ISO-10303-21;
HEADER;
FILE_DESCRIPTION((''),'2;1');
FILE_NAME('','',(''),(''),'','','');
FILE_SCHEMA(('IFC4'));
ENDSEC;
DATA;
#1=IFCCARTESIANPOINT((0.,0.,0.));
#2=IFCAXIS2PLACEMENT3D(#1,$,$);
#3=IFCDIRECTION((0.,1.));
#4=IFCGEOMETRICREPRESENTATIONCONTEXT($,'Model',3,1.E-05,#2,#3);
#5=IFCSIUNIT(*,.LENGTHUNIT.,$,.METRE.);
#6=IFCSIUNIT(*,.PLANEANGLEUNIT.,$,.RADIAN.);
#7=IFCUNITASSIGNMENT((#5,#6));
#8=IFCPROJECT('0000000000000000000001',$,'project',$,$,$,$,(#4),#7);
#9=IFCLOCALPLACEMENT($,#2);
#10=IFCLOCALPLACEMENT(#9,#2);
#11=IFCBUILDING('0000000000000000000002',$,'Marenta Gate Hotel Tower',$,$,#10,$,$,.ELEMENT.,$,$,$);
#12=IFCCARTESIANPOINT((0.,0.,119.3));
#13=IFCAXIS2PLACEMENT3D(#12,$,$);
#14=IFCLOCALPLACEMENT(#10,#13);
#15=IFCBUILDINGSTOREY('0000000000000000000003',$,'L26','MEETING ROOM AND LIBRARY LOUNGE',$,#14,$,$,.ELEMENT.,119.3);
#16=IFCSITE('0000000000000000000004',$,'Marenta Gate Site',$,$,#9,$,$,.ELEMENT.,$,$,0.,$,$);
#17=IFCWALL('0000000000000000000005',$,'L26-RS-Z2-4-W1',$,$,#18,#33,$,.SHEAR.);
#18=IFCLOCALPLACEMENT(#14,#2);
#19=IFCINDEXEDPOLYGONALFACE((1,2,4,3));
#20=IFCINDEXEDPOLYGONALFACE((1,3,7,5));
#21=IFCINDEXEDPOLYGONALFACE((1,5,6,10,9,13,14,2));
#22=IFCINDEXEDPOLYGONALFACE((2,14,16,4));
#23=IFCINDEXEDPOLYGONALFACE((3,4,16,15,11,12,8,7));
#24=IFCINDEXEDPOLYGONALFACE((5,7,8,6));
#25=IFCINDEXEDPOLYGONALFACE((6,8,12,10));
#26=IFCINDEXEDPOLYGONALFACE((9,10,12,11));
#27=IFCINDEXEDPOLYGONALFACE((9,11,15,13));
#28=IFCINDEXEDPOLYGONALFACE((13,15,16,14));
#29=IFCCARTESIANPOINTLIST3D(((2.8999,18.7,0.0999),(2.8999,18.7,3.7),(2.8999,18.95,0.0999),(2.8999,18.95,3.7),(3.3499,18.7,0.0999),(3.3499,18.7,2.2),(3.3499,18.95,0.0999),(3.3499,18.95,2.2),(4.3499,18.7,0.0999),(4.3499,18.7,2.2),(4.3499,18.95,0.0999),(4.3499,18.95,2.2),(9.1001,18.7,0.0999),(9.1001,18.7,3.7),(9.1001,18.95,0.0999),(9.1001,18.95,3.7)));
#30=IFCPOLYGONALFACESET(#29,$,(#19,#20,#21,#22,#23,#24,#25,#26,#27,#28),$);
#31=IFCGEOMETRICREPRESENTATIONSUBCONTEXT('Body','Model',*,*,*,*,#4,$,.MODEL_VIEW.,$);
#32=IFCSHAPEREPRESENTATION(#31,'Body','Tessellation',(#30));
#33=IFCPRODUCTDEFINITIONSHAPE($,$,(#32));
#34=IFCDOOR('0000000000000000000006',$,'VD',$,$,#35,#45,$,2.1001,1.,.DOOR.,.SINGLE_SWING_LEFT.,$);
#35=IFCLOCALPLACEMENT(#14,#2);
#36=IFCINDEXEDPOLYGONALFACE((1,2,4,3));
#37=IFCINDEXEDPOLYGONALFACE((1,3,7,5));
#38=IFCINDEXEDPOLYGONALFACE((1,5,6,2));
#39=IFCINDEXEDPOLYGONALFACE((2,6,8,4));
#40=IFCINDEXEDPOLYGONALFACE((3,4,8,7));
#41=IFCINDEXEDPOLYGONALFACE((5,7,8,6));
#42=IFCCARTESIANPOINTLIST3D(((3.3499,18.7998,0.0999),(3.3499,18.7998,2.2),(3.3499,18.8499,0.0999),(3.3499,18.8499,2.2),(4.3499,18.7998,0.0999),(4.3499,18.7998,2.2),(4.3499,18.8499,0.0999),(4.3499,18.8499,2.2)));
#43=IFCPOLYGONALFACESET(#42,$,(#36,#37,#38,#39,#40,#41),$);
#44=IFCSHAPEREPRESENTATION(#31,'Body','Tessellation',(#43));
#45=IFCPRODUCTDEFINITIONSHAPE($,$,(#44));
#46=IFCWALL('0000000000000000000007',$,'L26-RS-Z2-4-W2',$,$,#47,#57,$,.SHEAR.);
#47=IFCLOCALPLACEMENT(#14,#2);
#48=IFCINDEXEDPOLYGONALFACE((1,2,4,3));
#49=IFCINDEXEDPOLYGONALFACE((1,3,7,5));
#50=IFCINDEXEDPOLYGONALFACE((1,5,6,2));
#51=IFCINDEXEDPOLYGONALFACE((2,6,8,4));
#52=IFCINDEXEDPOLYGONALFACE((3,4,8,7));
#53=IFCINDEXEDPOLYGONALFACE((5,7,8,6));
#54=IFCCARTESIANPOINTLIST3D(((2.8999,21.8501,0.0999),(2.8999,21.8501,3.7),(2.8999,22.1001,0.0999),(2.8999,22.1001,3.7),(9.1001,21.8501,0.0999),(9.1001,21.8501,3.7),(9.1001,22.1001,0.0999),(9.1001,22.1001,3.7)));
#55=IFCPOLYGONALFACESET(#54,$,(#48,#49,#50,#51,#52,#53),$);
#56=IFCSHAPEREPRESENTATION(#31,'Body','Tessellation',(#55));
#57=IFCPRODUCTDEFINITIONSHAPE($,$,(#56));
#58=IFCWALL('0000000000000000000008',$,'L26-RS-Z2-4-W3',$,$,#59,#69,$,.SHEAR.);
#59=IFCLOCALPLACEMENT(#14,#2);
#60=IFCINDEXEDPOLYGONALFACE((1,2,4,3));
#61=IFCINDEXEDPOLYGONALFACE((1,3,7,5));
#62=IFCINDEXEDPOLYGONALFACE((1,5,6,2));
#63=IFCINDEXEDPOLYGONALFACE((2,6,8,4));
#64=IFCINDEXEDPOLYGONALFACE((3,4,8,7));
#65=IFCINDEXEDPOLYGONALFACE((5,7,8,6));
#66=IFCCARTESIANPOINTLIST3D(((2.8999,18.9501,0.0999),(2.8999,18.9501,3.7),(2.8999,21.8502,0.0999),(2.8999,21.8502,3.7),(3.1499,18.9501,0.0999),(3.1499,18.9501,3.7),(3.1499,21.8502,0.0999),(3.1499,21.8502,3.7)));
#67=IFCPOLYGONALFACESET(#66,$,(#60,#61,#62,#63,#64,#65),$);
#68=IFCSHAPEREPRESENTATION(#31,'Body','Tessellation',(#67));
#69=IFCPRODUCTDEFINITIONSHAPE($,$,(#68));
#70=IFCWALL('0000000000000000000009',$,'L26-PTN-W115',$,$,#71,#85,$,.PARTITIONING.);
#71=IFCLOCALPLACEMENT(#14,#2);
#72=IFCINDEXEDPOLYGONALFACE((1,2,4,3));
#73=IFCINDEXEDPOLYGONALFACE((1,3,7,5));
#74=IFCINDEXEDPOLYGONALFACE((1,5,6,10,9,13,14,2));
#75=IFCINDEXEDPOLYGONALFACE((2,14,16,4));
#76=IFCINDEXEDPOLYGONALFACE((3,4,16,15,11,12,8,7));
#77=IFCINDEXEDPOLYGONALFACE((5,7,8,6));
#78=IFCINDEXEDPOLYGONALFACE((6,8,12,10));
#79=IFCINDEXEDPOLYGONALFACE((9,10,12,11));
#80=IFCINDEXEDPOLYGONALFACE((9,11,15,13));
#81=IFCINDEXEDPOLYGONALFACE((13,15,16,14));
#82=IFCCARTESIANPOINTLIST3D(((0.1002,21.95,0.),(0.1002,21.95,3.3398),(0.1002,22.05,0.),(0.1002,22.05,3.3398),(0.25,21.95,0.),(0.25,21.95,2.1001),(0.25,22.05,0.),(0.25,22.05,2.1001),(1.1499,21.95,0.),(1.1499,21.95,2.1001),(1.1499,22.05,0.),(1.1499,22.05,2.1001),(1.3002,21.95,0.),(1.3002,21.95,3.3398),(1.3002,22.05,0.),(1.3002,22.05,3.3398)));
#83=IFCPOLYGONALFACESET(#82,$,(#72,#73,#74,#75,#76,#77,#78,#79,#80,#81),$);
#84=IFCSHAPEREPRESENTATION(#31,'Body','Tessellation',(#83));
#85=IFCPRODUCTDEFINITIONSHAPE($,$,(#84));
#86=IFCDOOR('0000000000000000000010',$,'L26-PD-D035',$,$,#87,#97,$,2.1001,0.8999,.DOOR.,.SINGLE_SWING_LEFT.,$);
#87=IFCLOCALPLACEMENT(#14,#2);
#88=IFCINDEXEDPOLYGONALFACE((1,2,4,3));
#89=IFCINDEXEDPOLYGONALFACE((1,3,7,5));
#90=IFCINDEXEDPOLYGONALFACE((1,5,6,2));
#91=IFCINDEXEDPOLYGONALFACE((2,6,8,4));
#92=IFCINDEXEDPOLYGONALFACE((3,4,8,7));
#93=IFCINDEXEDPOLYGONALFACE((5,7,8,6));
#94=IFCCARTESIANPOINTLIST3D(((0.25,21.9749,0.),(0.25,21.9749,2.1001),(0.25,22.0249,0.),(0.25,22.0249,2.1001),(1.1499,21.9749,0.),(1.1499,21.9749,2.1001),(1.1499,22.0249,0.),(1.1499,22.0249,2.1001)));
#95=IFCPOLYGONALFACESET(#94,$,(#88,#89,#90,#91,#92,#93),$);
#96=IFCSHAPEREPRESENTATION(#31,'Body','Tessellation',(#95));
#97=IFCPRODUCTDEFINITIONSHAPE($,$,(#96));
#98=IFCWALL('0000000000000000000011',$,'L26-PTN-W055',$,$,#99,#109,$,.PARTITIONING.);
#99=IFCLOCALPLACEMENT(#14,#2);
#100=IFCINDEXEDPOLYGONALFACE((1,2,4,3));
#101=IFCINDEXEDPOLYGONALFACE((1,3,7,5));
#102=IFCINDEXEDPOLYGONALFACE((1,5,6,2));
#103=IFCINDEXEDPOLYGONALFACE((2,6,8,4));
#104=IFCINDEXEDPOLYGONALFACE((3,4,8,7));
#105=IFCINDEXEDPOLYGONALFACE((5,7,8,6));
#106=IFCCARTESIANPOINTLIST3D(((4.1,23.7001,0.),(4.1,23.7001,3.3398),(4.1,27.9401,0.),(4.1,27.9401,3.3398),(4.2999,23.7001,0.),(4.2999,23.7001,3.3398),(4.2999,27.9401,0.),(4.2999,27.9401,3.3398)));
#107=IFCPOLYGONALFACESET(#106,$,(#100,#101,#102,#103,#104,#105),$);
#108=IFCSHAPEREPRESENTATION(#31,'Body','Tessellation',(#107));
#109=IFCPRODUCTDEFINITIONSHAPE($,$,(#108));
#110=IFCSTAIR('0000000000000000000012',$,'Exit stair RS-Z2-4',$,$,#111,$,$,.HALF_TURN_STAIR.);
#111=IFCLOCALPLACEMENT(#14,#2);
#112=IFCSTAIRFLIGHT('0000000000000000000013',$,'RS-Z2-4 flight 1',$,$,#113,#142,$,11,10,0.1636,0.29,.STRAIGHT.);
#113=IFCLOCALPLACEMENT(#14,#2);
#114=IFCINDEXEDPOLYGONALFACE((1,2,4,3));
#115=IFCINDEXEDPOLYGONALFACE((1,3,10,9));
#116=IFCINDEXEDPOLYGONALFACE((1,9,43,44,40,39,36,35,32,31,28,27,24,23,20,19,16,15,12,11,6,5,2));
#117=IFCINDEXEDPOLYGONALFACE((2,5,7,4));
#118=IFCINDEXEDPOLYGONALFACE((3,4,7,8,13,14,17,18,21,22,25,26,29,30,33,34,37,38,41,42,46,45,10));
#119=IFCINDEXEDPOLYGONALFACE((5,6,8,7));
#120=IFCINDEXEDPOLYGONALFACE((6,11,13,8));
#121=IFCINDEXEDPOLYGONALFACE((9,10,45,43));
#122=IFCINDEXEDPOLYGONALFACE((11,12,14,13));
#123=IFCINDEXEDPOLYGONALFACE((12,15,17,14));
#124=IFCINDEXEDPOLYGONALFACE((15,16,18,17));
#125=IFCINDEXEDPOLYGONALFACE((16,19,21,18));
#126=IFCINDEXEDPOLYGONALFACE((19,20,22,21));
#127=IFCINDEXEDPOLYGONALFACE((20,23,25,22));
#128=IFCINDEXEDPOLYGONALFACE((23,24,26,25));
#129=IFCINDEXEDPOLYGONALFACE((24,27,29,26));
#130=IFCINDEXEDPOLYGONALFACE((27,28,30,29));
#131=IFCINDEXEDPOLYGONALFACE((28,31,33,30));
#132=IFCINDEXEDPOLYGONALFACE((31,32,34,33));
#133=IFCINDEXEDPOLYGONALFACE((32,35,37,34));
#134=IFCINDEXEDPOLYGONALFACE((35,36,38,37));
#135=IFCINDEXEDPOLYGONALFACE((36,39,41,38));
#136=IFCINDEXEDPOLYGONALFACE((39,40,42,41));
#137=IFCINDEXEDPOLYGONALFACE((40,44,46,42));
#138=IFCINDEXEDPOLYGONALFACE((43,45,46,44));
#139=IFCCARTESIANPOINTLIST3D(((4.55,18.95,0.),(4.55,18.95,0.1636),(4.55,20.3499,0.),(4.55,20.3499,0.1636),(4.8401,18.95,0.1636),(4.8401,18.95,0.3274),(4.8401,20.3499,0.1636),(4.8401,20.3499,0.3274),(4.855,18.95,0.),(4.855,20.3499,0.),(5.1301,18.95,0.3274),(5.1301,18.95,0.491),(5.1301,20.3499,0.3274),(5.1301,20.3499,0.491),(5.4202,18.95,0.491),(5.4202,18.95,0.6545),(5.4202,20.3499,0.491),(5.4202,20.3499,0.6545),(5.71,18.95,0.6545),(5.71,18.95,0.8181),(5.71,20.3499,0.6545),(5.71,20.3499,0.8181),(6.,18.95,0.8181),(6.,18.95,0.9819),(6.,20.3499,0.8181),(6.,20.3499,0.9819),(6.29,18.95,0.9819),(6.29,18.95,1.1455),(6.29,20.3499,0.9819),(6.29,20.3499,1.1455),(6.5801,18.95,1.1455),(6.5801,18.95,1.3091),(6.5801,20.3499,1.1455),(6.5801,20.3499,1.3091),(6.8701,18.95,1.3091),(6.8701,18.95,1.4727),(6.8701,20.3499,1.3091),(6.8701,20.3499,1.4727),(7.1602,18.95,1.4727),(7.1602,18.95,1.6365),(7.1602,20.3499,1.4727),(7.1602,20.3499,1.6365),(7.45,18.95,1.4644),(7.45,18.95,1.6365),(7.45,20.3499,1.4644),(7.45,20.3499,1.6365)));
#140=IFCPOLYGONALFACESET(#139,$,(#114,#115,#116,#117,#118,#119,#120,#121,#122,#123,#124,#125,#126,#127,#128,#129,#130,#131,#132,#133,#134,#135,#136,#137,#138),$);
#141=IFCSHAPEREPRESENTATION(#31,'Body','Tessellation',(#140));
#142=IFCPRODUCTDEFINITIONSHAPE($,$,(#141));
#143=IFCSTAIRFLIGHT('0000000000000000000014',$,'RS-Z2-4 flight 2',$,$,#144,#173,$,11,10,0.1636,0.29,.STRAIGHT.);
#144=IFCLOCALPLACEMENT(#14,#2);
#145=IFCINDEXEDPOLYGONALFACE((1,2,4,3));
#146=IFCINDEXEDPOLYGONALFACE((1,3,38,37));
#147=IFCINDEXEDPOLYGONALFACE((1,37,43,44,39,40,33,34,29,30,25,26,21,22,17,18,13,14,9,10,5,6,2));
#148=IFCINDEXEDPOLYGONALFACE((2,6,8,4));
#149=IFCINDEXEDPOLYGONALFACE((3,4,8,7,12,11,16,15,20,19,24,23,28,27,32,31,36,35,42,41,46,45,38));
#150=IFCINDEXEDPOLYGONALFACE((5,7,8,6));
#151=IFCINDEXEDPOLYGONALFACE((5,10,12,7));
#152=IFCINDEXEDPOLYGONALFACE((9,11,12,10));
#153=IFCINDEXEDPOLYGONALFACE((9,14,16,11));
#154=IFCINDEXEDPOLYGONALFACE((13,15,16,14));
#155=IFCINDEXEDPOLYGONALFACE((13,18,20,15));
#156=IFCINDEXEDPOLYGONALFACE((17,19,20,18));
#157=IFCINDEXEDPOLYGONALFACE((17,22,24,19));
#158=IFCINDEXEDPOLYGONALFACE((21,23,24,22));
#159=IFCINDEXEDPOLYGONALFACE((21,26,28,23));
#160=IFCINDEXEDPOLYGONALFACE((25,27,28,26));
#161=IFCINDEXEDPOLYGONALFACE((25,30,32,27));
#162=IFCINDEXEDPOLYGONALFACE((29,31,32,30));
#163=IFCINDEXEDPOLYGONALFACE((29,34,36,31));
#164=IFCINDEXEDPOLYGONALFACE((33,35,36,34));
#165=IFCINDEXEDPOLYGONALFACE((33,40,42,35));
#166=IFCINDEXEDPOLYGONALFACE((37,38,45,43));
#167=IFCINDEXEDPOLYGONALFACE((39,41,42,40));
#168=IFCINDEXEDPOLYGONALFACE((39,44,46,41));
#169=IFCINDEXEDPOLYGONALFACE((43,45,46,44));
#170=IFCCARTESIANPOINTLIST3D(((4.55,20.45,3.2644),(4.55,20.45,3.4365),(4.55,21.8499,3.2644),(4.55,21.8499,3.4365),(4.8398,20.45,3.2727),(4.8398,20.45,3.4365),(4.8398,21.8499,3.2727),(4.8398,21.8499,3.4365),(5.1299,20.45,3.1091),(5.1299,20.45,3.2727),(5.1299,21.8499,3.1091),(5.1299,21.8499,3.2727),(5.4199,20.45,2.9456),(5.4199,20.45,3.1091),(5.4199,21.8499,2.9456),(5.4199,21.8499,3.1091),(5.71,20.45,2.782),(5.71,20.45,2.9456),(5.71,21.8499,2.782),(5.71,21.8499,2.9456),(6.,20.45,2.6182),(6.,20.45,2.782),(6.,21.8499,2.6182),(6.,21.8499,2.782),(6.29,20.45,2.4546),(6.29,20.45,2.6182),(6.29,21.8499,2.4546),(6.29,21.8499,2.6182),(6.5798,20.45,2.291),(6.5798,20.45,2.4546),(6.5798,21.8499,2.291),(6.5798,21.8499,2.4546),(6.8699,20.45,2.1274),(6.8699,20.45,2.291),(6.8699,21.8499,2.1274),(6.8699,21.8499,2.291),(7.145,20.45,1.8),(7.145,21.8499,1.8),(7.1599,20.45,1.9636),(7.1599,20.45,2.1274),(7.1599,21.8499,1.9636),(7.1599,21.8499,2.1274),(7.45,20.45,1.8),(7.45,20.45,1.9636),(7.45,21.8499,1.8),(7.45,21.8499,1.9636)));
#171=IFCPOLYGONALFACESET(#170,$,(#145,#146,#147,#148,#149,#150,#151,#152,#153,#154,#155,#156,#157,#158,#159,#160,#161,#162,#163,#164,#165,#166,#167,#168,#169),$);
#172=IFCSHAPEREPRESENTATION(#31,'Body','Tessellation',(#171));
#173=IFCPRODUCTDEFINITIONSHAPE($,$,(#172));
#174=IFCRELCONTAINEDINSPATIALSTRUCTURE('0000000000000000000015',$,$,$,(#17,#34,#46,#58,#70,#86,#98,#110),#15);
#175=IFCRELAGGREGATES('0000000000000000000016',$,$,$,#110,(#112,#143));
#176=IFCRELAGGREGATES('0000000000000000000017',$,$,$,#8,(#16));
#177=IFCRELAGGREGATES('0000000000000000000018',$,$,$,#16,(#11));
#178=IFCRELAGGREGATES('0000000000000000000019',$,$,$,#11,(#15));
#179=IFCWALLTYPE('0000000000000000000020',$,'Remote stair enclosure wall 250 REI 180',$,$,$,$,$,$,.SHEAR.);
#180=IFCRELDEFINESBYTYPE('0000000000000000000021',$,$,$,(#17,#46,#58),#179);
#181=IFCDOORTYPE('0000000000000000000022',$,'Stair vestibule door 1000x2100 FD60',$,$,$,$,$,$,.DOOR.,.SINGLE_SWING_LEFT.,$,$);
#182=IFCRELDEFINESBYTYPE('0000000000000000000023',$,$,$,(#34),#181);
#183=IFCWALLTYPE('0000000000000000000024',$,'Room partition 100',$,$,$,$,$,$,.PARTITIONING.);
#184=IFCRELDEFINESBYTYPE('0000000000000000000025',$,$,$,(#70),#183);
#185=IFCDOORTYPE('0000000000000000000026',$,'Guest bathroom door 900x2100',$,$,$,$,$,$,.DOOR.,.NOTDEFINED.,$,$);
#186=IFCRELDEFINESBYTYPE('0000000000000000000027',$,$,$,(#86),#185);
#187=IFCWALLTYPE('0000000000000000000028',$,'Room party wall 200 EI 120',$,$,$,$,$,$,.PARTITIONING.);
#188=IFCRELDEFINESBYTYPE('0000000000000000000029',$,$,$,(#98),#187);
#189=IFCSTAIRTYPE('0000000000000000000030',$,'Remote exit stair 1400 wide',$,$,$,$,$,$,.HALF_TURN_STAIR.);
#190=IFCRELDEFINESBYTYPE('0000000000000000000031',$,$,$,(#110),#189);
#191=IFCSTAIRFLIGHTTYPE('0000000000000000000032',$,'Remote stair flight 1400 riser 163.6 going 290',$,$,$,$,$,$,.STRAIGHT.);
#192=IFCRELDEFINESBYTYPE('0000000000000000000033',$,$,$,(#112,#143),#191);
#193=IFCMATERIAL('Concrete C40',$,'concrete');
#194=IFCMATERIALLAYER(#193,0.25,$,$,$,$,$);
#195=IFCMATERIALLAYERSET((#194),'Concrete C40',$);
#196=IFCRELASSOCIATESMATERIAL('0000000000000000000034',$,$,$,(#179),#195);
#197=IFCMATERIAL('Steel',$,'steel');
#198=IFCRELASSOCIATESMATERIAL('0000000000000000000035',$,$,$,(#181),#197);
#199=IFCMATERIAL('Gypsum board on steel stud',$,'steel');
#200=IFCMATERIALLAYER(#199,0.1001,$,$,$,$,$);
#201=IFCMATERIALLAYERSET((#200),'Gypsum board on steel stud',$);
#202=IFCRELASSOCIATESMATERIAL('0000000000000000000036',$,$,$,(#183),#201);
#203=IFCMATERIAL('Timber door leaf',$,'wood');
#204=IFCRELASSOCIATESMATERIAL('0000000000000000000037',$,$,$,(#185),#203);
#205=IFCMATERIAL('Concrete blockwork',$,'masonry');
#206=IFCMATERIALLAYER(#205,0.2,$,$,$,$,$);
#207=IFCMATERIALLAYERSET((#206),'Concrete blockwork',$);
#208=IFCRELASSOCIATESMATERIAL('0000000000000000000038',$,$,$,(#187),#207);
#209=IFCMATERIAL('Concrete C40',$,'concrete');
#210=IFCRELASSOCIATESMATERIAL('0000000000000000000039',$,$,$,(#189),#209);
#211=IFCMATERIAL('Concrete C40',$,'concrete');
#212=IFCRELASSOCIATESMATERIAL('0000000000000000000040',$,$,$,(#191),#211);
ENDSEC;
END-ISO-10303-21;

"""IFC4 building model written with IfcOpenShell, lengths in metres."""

from ifc_helpers import new_model, si_unit, direction, frame, frame_2d, origin, place, context, subcontext, project, spatial, polyline, rectangle, outline, extrude, material, layer, layer_set, type_object, element, fill, aggregate, save


model = new_model("IFC4")

# Units and contexts
model_context = context("Model", 3, precision=1e-05, world=origin(), true_north=direction((0.0, 1.0)))
body_context = subcontext(model_context, "Body", "Model", "MODEL_VIEW")
ifc_project = project(units=[si_unit("LENGTHUNIT", "METRE"), si_unit("PLANEANGLEUNIT", "RADIAN")], contexts=[model_context])

# Site, building, storey
site_placement = place(None, origin())
site = spatial("IfcSite", under=ifc_project, at=site_placement, Name="Marenta Gate Site", CompositionType="ELEMENT", RefElevation=0.0)
building_placement = place(site_placement, origin())
building = spatial("IfcBuilding", under=site, at=building_placement, Name="Marenta Gate Hotel Tower", CompositionType="ELEMENT")
storey_placement = place(building_placement, frame((0.0, 0.0, 119.3)))
storey = spatial("IfcBuildingStorey", under=building, at=storey_placement, Name="L26", Description="MEETING ROOM AND LIBRARY LOUNGE", CompositionType="ELEMENT", Elevation=119.3)

# Wall, opening, door
ifc_material_1 = material(Name="Concrete C40", Category="concrete")
ifc_layer_1 = layer(ifc_material_1, 0.25)
ifc_layer_set_1 = layer_set([ifc_layer_1], Name="Concrete C40")
wall_type_1 = type_object("IfcWallType", Name="Remote stair enclosure wall 250 REI 180", PredefinedType="SHEAR", material=ifc_layer_set_1)
wall_1_placement = place(storey_placement, frame((2.8999, 18.825, 0.0999), z_axis=(0.0, 0.0, 1.0), x_axis=(1.0, 0.0, 0.0)))
wall_1 = element("IfcWall", 1, at=wall_1_placement, inside=storey, type_object=wall_type_1, Name="L26-RS-Z2-4-W1", PredefinedType="SHEAR", context=body_context, shape_type="SweptSolid", body=[
    extrude(rectangle(XDim=6.2002, YDim=0.25, at=frame_2d((3.1001, 0.0))), origin(), (0.0, 0.0, 1.0), 3.6001),
])
opening_1_placement = place(wall_1_placement, frame((0.45, 0.0, 0.0)))
opening_1 = element("IfcOpeningElement", 2, at=opening_1_placement, cuts=wall_1, PredefinedType="OPENING", context=body_context, shape_type="SweptSolid", body=[
    extrude(rectangle(XDim=1.0, YDim=2.1001, at=frame_2d((0.5, 1.05))), frame((0.0, 0.125, 0.0), z_axis=(0.0, -1.0, 0.0), x_axis=(1.0, 0.0, 0.0)), (0.0, 0.0, 1.0), 0.25),
])
ifc_material_2 = material(Name="Steel", Category="steel")
door_type_1 = type_object("IfcDoorType", Name="Stair vestibule door 1000x2100 FD60", OperationType="SINGLE_SWING_LEFT", PredefinedType="DOOR", material=ifc_material_2)
door_1_placement = place(opening_1_placement, origin())
door_1 = element("IfcDoor", 3, at=door_1_placement, inside=storey, type_object=door_type_1, Name="VD", OperationType="SINGLE_SWING_LEFT", OverallHeight=2.1001, OverallWidth=1.0, PredefinedType="DOOR", context=body_context, shape_type="SweptSolid", body=[
    extrude(rectangle(XDim=1.0, YDim=2.1001, at=frame_2d((0.5, 1.05))), frame((0.0, 0.0249, 0.0), z_axis=(0.0, -1.0, 0.0), x_axis=(1.0, 0.0, 0.0)), (0.0, 0.0, 1.0), 0.05),
])
fill(opening_1, door_1)

# Walls
wall_2_placement = place(storey_placement, frame((2.8999, 21.9751, 0.0999), z_axis=(0.0, 0.0, 1.0), x_axis=(1.0, 0.0, 0.0)))
element("IfcWall", 4, at=wall_2_placement, inside=storey, type_object=wall_type_1, Name="L26-RS-Z2-4-W2", PredefinedType="SHEAR", context=body_context, shape_type="SweptSolid", body=[
    extrude(rectangle(XDim=6.2002, YDim=0.25, at=frame_2d((3.1001, 0.0))), origin(), (0.0, 0.0, 1.0), 3.6001),
])
wall_3_placement = place(storey_placement, frame((3.0249, 18.95, 0.0999), z_axis=(0.0, 0.0, 1.0), x_axis=(0.0, 1.0, 0.0)))
element("IfcWall", 5, at=wall_3_placement, inside=storey, type_object=wall_type_1, Name="L26-RS-Z2-4-W3", PredefinedType="SHEAR", context=body_context, shape_type="SweptSolid", body=[
    extrude(rectangle(XDim=2.9001, YDim=0.25, at=frame_2d((1.4502, 0.0))), origin(), (0.0, 0.0, 1.0), 3.6001),
])

# Wall, opening, door
ifc_material_3 = material(Name="Gypsum board on steel stud", Category="steel")
ifc_layer_2 = layer(ifc_material_3, 0.1001)
ifc_layer_set_2 = layer_set([ifc_layer_2], Name="Gypsum board on steel stud")
wall_type_2 = type_object("IfcWallType", Name="Room partition 100", PredefinedType="PARTITIONING", material=ifc_layer_set_2)
wall_4_placement = place(storey_placement, frame((0.1001, 22.0, 0.0), z_axis=(0.0, 0.0, 1.0), x_axis=(1.0, 0.0, 0.0)))
wall_4 = element("IfcWall", 6, at=wall_4_placement, inside=storey, type_object=wall_type_2, Name="L26-PTN-W115", PredefinedType="PARTITIONING", context=body_context, shape_type="SweptSolid", body=[
    extrude(rectangle(XDim=1.2, YDim=0.1001, at=frame_2d((0.6001, 0.0))), origin(), (0.0, 0.0, 1.0), 3.3398),
])
opening_2_placement = place(wall_4_placement, frame((0.1499, 0.0, 0.0)))
opening_2 = element("IfcOpeningElement", 7, at=opening_2_placement, cuts=wall_4, PredefinedType="OPENING", context=body_context, shape_type="SweptSolid", body=[
    extrude(rectangle(XDim=0.8999, YDim=2.1001, at=frame_2d((0.45, 1.05))), frame((0.0, 0.05, 0.0), z_axis=(0.0, -1.0, 0.0), x_axis=(1.0, 0.0, 0.0)), (0.0, 0.0, 1.0), 0.1001),
])
ifc_material_4 = material(Name="Timber door leaf", Category="wood")
door_type_2 = type_object("IfcDoorType", Name="Guest bathroom door 900x2100", OperationType="NOTDEFINED", PredefinedType="DOOR", material=ifc_material_4)
door_2_placement = place(opening_2_placement, origin())
door_2 = element("IfcDoor", 8, at=door_2_placement, inside=storey, type_object=door_type_2, Name="L26-PD-D035", OperationType="SINGLE_SWING_LEFT", OverallHeight=2.1001, OverallWidth=0.8999, PredefinedType="DOOR", context=body_context, shape_type="SweptSolid", body=[
    extrude(rectangle(XDim=0.8999, YDim=2.1001, at=frame_2d((0.45, 1.05))), frame((0.0, 0.0249, 0.0), z_axis=(0.0, -1.0, 0.0), x_axis=(1.0, 0.0, 0.0)), (0.0, 0.0, 1.0), 0.05),
])
fill(opening_2, door_2)

# Wall
ifc_material_5 = material(Name="Concrete blockwork", Category="masonry")
ifc_layer_3 = layer(ifc_material_5, 0.2)
ifc_layer_set_3 = layer_set([ifc_layer_3], Name="Concrete blockwork")
wall_type_3 = type_object("IfcWallType", Name="Room party wall 200 EI 120", PredefinedType="PARTITIONING", material=ifc_layer_set_3)
wall_5_placement = place(storey_placement, frame((4.2, 23.7, 0.0), z_axis=(0.0, 0.0, 1.0), x_axis=(0.0, 1.0, 0.0)))
element("IfcWall", 9, at=wall_5_placement, inside=storey, type_object=wall_type_3, Name="L26-PTN-W055", PredefinedType="PARTITIONING", context=body_context, shape_type="SweptSolid", body=[
    extrude(rectangle(XDim=4.24, YDim=0.2, at=frame_2d((2.1201, 0.0))), origin(), (0.0, 0.0, 1.0), 3.3398),
])

# Stair, stair flights
ifc_material_6 = material(Name="Concrete C40", Category="concrete")
stair_type = type_object("IfcStairType", Name="Remote exit stair 1400 wide", PredefinedType="HALF_TURN_STAIR", material=ifc_material_6)
stair_placement = place(storey_placement, origin())
stair = element("IfcStair", 10, at=stair_placement, inside=storey, type_object=stair_type, Name="Exit stair RS-Z2-4", PredefinedType="HALF_TURN_STAIR")
ifc_material_7 = material(Name="Concrete C40", Category="concrete")
stair_flight_type = type_object("IfcStairFlightType", Name="Remote stair flight 1400 riser 163.6 going 290", PredefinedType="STRAIGHT", material=ifc_material_7)
stair_flight_1_placement = place(storey_placement, frame((4.55, 19.6499, 0.0), z_axis=(0.0, 0.0, 1.0), x_axis=(1.0, 0.0, 0.0)))
stair_flight_1 = element("IfcStairFlight", 11, at=stair_flight_1_placement, type_object=stair_flight_type, Name="RS-Z2-4 flight 1", NumberOfRisers=11, NumberOfTreads=10, PredefinedType="STRAIGHT", RiserHeight=0.1636, TreadLength=0.29, context=body_context, shape_type="SweptSolid", body=[
    extrude(outline(polyline([(0.0, 0.0), (0.0, 0.1636), (0.29, 0.1636), (0.29, 0.3274), (0.5801, 0.3274), (0.5801, 0.491), (0.8701, 0.491), (0.8701, 0.6545), (1.1599, 0.6545), (1.1599, 0.8181), (1.45, 0.8181), (1.45, 0.9819), (1.74, 0.9819), (1.74, 1.1455), (2.03, 1.1455), (2.03, 1.3091), (2.3201, 1.3091), (2.3201, 1.4727), (2.6101, 1.4727), (2.6101, 1.6365), (2.8999, 1.6365), (2.8999, 1.8), (2.8999, 1.4644), (0.3049, 0.0), (0.0, 0.0)])), frame((0.0, 0.7, 0.0), z_axis=(0.0, -1.0, 0.0), x_axis=(1.0, 0.0, 0.0)), (0.0, 0.0, 1.0), 1.3999),
])
stair_flight_2_placement = place(storey_placement, frame((7.45, 21.1499, 1.8), z_axis=(0.0, 0.0, 1.0), x_axis=(-1.0, 0.0, 0.0)))
stair_flight_2 = element("IfcStairFlight", 12, at=stair_flight_2_placement, type_object=stair_flight_type, Name="RS-Z2-4 flight 2", NumberOfRisers=11, NumberOfTreads=10, PredefinedType="STRAIGHT", RiserHeight=0.1636, TreadLength=0.29, context=body_context, shape_type="SweptSolid", body=[
    extrude(outline(polyline([(0.0, 0.0), (0.0, 0.1636), (0.29, 0.1636), (0.29, 0.3274), (0.5801, 0.3274), (0.5801, 0.491), (0.8701, 0.491), (0.8701, 0.6545), (1.1599, 0.6545), (1.1599, 0.8181), (1.45, 0.8181), (1.45, 0.9819), (1.74, 0.9819), (1.74, 1.1455), (2.03, 1.1455), (2.03, 1.3091), (2.3201, 1.3091), (2.3201, 1.4727), (2.6101, 1.4727), (2.6101, 1.6365), (2.8999, 1.6365), (2.8999, 1.8), (2.8999, 1.4644), (0.3049, 0.0), (0.0, 0.0)])), frame((0.0, 0.7, 0.0), z_axis=(0.0, -1.0, 0.0), x_axis=(1.0, 0.0, 0.0)), (0.0, 0.0, 1.0), 1.3999),
])
aggregate(stair, [stair_flight_1, stair_flight_2])

save(model, "model.ifc")
